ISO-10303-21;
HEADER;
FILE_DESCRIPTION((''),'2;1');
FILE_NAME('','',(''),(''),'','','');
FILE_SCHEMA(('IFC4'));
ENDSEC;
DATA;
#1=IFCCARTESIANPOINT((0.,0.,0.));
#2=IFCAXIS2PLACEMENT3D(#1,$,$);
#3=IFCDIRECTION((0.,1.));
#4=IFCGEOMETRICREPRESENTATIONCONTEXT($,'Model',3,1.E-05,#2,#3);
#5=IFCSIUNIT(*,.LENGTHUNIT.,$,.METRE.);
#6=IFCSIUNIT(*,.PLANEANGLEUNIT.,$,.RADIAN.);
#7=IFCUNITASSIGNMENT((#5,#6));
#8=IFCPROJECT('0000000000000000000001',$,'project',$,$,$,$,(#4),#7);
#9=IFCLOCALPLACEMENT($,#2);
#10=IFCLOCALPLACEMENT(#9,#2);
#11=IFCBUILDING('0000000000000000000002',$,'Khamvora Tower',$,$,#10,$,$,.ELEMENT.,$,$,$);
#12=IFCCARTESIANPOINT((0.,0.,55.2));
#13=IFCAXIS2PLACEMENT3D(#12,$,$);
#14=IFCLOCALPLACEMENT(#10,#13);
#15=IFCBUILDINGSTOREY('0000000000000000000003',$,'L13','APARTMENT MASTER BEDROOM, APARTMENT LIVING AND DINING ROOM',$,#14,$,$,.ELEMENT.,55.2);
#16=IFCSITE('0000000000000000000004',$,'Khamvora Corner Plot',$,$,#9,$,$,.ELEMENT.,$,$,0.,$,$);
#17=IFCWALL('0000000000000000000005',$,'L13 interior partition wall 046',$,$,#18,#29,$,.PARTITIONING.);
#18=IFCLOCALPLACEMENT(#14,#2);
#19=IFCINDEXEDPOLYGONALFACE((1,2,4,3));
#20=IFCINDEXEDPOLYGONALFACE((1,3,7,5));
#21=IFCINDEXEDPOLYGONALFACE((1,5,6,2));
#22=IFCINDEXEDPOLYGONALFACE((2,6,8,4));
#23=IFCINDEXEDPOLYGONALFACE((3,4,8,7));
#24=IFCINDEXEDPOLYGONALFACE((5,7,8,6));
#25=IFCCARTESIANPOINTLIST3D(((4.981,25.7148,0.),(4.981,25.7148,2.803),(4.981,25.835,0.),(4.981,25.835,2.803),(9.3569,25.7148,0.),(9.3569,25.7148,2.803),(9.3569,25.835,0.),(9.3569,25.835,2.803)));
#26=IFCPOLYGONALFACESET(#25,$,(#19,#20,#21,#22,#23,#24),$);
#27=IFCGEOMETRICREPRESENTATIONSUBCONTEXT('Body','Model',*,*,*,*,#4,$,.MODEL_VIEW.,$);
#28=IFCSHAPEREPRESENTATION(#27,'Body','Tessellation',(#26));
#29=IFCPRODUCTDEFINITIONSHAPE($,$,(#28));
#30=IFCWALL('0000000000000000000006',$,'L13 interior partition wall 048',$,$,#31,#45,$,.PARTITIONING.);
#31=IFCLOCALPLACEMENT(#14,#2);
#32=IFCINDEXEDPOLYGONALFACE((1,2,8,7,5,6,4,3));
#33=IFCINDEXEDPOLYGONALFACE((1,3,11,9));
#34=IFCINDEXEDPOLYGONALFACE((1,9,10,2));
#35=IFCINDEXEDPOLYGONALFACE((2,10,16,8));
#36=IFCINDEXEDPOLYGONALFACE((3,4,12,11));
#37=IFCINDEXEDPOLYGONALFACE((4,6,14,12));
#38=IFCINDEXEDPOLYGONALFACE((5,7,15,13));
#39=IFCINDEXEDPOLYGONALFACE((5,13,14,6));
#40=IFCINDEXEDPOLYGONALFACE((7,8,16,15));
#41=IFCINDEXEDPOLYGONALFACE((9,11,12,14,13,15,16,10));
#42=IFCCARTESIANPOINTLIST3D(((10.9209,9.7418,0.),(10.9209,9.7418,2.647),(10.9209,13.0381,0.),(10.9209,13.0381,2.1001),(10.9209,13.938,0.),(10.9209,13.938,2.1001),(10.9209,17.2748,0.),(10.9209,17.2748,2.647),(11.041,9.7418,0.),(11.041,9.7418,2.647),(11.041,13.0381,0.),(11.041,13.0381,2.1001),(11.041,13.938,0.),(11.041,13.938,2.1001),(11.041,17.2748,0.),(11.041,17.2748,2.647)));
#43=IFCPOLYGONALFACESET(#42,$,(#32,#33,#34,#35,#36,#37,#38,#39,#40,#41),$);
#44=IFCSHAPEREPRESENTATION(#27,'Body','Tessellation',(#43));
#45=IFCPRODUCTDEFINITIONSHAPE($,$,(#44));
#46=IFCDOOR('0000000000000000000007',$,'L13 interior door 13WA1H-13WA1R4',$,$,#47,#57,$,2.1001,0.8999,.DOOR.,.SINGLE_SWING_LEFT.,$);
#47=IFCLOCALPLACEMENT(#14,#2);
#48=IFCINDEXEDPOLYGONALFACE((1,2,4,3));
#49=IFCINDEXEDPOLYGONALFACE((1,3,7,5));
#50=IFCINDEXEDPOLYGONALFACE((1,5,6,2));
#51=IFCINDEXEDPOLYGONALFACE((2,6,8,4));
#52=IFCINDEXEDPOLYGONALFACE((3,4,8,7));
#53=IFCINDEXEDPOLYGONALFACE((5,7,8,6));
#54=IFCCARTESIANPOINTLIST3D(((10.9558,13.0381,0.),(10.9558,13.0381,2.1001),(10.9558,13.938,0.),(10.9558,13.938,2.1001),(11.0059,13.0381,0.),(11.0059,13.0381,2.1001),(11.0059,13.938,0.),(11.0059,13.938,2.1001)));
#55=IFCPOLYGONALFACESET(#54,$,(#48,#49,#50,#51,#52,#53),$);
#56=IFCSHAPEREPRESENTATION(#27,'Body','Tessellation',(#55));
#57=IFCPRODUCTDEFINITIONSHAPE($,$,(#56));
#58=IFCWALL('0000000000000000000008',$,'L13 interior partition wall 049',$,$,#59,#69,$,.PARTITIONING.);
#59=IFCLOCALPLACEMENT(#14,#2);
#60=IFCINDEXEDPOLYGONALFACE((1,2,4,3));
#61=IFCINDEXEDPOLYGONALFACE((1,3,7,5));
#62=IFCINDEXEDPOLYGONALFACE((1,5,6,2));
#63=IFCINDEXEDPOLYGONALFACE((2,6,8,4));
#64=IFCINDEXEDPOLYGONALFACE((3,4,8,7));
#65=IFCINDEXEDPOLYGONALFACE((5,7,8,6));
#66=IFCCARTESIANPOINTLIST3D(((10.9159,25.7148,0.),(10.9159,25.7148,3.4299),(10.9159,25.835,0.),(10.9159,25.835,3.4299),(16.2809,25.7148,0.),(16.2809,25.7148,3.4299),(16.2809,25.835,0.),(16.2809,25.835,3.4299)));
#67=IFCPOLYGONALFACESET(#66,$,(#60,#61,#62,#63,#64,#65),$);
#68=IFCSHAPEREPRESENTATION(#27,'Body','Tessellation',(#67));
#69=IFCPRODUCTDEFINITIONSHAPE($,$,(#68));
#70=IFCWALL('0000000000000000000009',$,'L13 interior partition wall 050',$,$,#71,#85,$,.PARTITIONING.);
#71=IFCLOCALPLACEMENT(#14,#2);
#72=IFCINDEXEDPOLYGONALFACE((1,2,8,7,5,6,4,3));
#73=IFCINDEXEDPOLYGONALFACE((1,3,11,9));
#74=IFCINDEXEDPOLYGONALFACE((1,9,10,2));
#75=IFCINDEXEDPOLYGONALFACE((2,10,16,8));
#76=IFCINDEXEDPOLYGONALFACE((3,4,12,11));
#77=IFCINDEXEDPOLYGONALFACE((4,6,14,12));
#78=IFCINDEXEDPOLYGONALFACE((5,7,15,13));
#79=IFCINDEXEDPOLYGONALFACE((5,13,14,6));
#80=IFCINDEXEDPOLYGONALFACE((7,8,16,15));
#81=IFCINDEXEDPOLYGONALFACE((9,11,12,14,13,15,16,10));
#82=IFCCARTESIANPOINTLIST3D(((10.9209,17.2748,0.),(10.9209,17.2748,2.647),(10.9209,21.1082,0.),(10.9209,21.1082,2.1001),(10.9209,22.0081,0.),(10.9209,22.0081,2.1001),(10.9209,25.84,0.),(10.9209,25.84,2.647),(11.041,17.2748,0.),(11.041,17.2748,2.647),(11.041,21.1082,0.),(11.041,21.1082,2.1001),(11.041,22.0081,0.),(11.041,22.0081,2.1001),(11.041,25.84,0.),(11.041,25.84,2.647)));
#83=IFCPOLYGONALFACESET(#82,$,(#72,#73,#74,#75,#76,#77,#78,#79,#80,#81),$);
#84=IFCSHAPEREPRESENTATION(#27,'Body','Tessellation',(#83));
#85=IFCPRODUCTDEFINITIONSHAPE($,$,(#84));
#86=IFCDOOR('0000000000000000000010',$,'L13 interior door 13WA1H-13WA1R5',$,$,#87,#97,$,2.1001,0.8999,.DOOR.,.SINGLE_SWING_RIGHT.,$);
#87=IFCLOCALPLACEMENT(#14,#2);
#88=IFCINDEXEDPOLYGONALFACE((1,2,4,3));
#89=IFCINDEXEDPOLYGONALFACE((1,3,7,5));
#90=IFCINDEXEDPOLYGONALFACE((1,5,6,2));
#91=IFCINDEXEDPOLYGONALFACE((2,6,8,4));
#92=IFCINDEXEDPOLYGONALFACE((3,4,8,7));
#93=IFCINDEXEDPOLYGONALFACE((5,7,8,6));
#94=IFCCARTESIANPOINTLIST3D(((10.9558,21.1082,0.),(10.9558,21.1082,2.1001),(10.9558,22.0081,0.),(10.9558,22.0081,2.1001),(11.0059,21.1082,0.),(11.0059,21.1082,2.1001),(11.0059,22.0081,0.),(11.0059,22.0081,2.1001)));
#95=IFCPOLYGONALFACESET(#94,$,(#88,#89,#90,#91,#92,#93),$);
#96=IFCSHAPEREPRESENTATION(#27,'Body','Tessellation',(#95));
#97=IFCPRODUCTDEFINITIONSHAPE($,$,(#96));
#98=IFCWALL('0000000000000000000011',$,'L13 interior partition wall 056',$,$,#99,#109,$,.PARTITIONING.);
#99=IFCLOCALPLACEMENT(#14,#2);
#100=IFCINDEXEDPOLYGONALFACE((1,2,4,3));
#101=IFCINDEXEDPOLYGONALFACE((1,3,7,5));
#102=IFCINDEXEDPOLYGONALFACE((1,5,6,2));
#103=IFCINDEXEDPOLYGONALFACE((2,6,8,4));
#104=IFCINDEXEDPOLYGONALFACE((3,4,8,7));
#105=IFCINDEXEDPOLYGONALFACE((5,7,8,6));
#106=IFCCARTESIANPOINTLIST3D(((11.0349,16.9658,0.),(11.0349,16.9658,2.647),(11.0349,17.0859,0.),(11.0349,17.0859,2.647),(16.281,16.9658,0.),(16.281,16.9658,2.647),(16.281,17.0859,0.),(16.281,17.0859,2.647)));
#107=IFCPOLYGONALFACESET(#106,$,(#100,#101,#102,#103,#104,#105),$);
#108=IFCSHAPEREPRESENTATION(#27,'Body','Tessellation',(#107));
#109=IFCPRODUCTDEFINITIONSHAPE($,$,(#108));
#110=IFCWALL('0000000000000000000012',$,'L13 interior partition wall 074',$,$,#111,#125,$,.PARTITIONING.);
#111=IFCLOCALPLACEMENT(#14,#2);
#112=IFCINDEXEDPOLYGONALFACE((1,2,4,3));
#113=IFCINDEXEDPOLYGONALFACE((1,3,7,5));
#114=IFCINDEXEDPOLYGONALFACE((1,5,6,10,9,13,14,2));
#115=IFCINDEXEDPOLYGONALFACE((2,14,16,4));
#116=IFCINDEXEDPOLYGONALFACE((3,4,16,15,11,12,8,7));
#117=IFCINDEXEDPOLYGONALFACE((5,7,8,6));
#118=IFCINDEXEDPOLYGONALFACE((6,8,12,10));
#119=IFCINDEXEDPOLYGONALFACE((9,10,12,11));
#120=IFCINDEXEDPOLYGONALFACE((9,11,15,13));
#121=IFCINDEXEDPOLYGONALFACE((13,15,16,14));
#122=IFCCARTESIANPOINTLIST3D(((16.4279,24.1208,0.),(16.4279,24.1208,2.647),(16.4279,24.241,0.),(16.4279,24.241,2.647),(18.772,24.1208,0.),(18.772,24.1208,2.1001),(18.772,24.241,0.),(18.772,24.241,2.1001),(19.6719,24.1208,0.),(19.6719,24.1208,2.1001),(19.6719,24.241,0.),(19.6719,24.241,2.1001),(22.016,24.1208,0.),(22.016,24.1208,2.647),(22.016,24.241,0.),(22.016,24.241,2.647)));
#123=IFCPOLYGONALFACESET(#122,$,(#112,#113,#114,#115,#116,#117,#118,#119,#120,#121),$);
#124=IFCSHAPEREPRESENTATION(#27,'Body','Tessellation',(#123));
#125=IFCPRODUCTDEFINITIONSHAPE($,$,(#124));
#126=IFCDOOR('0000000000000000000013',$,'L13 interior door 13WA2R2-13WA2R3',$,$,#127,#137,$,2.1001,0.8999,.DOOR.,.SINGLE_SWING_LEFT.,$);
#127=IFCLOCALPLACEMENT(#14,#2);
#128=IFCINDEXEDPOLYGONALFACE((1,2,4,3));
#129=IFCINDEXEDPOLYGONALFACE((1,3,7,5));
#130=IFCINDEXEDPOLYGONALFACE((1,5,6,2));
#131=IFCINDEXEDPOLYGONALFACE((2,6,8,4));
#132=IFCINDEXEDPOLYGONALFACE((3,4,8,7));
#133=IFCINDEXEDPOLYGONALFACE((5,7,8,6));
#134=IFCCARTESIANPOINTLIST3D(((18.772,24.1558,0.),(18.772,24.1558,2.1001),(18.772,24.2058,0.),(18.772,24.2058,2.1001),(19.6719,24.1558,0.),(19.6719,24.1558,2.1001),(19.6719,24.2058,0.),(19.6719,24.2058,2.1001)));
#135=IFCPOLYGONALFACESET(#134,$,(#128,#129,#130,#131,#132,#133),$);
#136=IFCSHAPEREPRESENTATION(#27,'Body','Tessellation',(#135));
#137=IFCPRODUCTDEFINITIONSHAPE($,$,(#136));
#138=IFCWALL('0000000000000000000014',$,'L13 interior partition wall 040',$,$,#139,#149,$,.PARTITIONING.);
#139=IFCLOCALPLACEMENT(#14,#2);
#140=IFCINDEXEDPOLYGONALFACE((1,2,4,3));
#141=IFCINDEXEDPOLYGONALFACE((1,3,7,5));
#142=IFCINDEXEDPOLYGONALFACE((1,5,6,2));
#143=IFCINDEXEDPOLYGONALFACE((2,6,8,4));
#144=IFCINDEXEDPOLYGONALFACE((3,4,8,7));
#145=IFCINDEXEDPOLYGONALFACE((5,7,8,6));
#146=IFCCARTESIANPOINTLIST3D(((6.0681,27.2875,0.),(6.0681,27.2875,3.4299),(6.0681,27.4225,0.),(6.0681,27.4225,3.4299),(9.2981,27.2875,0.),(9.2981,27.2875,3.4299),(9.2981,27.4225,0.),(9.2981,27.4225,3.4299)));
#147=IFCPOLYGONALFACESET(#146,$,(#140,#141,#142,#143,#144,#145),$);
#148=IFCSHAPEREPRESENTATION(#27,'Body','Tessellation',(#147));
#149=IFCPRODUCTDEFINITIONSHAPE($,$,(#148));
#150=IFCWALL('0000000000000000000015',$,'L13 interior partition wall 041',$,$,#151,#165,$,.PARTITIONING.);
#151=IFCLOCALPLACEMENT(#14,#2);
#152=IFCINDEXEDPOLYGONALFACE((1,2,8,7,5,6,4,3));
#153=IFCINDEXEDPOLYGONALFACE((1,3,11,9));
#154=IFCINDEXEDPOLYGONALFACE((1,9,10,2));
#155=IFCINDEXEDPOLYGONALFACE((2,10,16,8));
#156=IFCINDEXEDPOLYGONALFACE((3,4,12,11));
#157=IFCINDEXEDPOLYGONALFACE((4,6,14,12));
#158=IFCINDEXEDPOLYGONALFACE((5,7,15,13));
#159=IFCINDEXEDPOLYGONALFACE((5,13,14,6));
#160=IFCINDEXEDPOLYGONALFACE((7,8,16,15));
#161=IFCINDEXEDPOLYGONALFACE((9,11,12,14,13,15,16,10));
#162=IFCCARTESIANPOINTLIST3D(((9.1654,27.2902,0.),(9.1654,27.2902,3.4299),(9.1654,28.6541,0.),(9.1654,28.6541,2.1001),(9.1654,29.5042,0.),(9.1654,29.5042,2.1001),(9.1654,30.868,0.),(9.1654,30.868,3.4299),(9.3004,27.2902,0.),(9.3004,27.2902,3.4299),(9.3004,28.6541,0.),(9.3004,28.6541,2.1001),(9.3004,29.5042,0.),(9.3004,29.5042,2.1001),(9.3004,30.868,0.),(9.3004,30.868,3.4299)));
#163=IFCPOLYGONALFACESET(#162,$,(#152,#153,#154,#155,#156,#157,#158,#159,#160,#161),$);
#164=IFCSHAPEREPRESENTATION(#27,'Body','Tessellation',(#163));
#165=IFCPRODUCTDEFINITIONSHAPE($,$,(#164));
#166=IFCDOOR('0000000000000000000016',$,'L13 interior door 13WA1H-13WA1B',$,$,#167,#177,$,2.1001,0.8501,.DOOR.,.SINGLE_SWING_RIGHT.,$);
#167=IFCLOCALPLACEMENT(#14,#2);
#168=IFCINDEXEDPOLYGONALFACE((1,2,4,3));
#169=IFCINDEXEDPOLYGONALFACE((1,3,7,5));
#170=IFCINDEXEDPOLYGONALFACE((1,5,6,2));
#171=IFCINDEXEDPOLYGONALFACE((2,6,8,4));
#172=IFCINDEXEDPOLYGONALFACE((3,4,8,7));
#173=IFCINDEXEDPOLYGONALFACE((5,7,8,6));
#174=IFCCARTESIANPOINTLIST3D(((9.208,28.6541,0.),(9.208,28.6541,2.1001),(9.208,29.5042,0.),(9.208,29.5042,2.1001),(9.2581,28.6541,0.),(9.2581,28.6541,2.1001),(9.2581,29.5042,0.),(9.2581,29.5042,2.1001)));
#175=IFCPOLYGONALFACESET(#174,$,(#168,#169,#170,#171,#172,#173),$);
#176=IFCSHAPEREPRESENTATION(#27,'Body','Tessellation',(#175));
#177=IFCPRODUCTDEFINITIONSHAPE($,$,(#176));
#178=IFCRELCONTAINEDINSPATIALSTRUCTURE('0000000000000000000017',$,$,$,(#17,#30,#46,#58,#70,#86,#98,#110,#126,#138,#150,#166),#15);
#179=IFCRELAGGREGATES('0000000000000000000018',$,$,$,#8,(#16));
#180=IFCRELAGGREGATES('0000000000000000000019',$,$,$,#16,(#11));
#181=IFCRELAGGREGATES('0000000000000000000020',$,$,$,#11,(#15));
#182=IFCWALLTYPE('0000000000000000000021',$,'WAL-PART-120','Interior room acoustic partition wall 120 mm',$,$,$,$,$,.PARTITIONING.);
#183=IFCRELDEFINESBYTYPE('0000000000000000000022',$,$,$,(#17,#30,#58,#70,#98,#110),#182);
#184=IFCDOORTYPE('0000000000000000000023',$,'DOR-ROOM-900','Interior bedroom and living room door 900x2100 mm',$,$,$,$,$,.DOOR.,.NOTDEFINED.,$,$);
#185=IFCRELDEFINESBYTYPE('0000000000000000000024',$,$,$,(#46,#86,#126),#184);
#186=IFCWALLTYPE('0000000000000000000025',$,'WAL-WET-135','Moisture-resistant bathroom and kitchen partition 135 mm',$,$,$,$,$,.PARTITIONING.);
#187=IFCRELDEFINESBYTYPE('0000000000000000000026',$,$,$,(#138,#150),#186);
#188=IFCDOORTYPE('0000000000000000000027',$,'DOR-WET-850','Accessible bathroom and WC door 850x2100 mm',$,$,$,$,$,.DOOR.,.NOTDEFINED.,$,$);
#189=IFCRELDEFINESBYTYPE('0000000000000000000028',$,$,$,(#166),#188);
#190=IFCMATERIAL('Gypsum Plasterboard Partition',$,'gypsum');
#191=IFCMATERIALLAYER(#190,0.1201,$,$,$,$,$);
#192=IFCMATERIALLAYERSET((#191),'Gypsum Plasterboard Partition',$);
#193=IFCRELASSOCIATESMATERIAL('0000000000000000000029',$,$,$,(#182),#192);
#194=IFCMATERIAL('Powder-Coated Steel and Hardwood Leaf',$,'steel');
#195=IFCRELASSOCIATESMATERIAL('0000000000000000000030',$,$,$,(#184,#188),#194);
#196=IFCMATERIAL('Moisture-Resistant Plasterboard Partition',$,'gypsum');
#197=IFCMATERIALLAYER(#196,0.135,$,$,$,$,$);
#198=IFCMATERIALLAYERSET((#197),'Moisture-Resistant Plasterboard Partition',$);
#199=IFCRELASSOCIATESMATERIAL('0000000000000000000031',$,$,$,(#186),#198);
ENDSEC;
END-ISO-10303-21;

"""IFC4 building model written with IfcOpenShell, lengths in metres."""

from ifc_helpers import new_model, si_unit, direction, frame, frame_2d, origin, place, context, subcontext, project, spatial, rectangle, extrude, material, layer, layer_set, type_object, element, fill, save


model = new_model("IFC4")

# Units and contexts
model_context = context("Model", 3, precision=1e-05, world=origin(), true_north=direction((0.0, 1.0)))
body_context = subcontext(model_context, "Body", "Model", "MODEL_VIEW")
ifc_project = project(units=[si_unit("LENGTHUNIT", "METRE"), si_unit("PLANEANGLEUNIT", "RADIAN")], contexts=[model_context])

# Site, building, storey
site_placement = place(None, origin())
site = spatial("IfcSite", under=ifc_project, at=site_placement, Name="Khamvora Corner Plot", CompositionType="ELEMENT", RefElevation=0.0)
building_placement = place(site_placement, origin())
building = spatial("IfcBuilding", under=site, at=building_placement, Name="Khamvora Tower", CompositionType="ELEMENT")
storey_placement = place(building_placement, frame((0.0, 0.0, 55.2)))
storey = spatial("IfcBuildingStorey", under=building, at=storey_placement, Name="L13", Description="APARTMENT MASTER BEDROOM, APARTMENT LIVING AND DINING ROOM", CompositionType="ELEMENT", Elevation=55.2)

# Wall
ifc_material_1 = material(Name="Gypsum Plasterboard Partition", Category="gypsum")
ifc_layer_1 = layer(ifc_material_1, 0.1201)
ifc_layer_set_1 = layer_set([ifc_layer_1], Name="Gypsum Plasterboard Partition")
wall_type_1 = type_object("IfcWallType", Name="WAL-PART-120", Description="Interior room acoustic partition wall 120 mm", PredefinedType="PARTITIONING", material=ifc_layer_set_1)
wall_1_placement = place(storey_placement, frame((9.3569, 25.7749, 0.0), z_axis=(0.0, 0.0, 1.0), x_axis=(-1.0, 0.0, 0.0)))
element("IfcWall", 1, at=wall_1_placement, inside=storey, type_object=wall_type_1, Name="L13 interior partition wall 046", PredefinedType="PARTITIONING", context=body_context, shape_type="SweptSolid", body=[
    extrude(rectangle(XDim=4.376, YDim=0.1201, at=frame_2d((2.188, 0.0))), origin(), (0.0, 0.0, 1.0), 2.803),
])

# Wall, opening, door
wall_2_placement = place(storey_placement, frame((10.981, 17.2749, 0.0), z_axis=(0.0, 0.0, 1.0), x_axis=(0.0, -1.0, 0.0)))
wall_2 = element("IfcWall", 2, at=wall_2_placement, inside=storey, type_object=wall_type_1, Name="L13 interior partition wall 048", PredefinedType="PARTITIONING", context=body_context, shape_type="SweptSolid", body=[
    extrude(rectangle(XDim=7.533, YDim=0.1201, at=frame_2d((3.7666, 0.0))), origin(), (0.0, 0.0, 1.0), 2.647),
])
opening_1_placement = place(wall_2_placement, frame((3.3369, 0.0, 0.0)))
opening_1 = element("IfcOpeningElement", 3, at=opening_1_placement, cuts=wall_2, PredefinedType="OPENING", context=body_context, shape_type="SweptSolid", body=[
    extrude(rectangle(XDim=0.8999, YDim=2.1001, at=frame_2d((0.45, 1.05))), frame((0.0, 0.0701, 0.0), z_axis=(0.0, -1.0, 0.0), x_axis=(1.0, 0.0, 0.0)), (0.0, 0.0, 1.0), 0.1401),
])
ifc_material_2 = material(Name="Powder-Coated Steel and Hardwood Leaf", Category="steel")
door_type_1 = type_object("IfcDoorType", Name="DOR-ROOM-900", Description="Interior bedroom and living room door 900x2100 mm", OperationType="NOTDEFINED", PredefinedType="DOOR", material=ifc_material_2)
door_1_placement = place(opening_1_placement, origin())
door_1 = element("IfcDoor", 4, at=door_1_placement, inside=storey, type_object=door_type_1, Name="L13 interior door 13WA1H-13WA1R4", OperationType="SINGLE_SWING_LEFT", OverallHeight=2.1001, OverallWidth=0.8999, PredefinedType="DOOR", context=body_context, shape_type="SweptSolid", body=[
    extrude(rectangle(XDim=0.8999, YDim=2.1001, at=frame_2d((0.45, 1.05))), frame((0.0, 0.0249, 0.0), z_axis=(0.0, -1.0, 0.0), x_axis=(1.0, 0.0, 0.0)), (0.0, 0.0, 1.0), 0.05),
])
fill(opening_1, door_1)

# Wall
wall_3_placement = place(storey_placement, frame((16.281, 25.7749, 0.0), z_axis=(0.0, 0.0, 1.0), x_axis=(-1.0, 0.0, 0.0)))
element("IfcWall", 5, at=wall_3_placement, inside=storey, type_object=wall_type_1, Name="L13 interior partition wall 049", PredefinedType="PARTITIONING", context=body_context, shape_type="SweptSolid", body=[
    extrude(rectangle(XDim=5.365, YDim=0.1201, at=frame_2d((2.6826, 0.0))), origin(), (0.0, 0.0, 1.0), 3.4299),
])

# Wall, opening, door
wall_4_placement = place(storey_placement, frame((10.981, 25.8401, 0.0), z_axis=(0.0, 0.0, 1.0), x_axis=(0.0, -1.0, 0.0)))
wall_4 = element("IfcWall", 6, at=wall_4_placement, inside=storey, type_object=wall_type_1, Name="L13 interior partition wall 050", PredefinedType="PARTITIONING", context=body_context, shape_type="SweptSolid", body=[
    extrude(rectangle(XDim=8.5652, YDim=0.1201, at=frame_2d((4.2827, 0.0))), origin(), (0.0, 0.0, 1.0), 2.647),
])
opening_2_placement = place(wall_4_placement, frame((3.832, 0.0, 0.0)))
opening_2 = element("IfcOpeningElement", 7, at=opening_2_placement, cuts=wall_4, PredefinedType="OPENING", context=body_context, shape_type="SweptSolid", body=[
    extrude(rectangle(XDim=0.8999, YDim=2.1001, at=frame_2d((0.45, 1.05))), frame((0.0, 0.0701, 0.0), z_axis=(0.0, -1.0, 0.0), x_axis=(1.0, 0.0, 0.0)), (0.0, 0.0, 1.0), 0.1401),
])
door_2_placement = place(opening_2_placement, origin())
door_2 = element("IfcDoor", 8, at=door_2_placement, inside=storey, type_object=door_type_1, Name="L13 interior door 13WA1H-13WA1R5", OperationType="SINGLE_SWING_RIGHT", OverallHeight=2.1001, OverallWidth=0.8999, PredefinedType="DOOR", context=body_context, shape_type="SweptSolid", body=[
    extrude(rectangle(XDim=0.8999, YDim=2.1001, at=frame_2d((0.45, 1.05))), frame((0.0, 0.0249, 0.0), z_axis=(0.0, -1.0, 0.0), x_axis=(1.0, 0.0, 0.0)), (0.0, 0.0, 1.0), 0.05),
])
fill(opening_2, door_2)

# Wall
wall_5_placement = place(storey_placement, frame((11.0349, 17.0259, 0.0), z_axis=(0.0, 0.0, 1.0), x_axis=(1.0, 0.0, 0.0)))
element("IfcWall", 9, at=wall_5_placement, inside=storey, type_object=wall_type_1, Name="L13 interior partition wall 056", PredefinedType="PARTITIONING", context=body_context, shape_type="SweptSolid", body=[
    extrude(rectangle(XDim=5.2461, YDim=0.1201, at=frame_2d((2.623, 0.0))), origin(), (0.0, 0.0, 1.0), 2.647),
])

# Wall, opening, door
wall_6_placement = place(storey_placement, frame((16.428, 24.1809, 0.0), z_axis=(0.0, 0.0, 1.0), x_axis=(1.0, 0.0, 0.0)))
wall_6 = element("IfcWall", 10, at=wall_6_placement, inside=storey, type_object=wall_type_1, Name="L13 interior partition wall 074", PredefinedType="PARTITIONING", context=body_context, shape_type="SweptSolid", body=[
    extrude(rectangle(XDim=5.5881, YDim=0.1201, at=frame_2d((2.7939, 0.0))), origin(), (0.0, 0.0, 1.0), 2.647),
])
opening_3_placement = place(wall_6_placement, frame((2.344, 0.0, 0.0)))
opening_3 = element("IfcOpeningElement", 11, at=opening_3_placement, cuts=wall_6, PredefinedType="OPENING", context=body_context, shape_type="SweptSolid", body=[
    extrude(rectangle(XDim=0.8999, YDim=2.1001, at=frame_2d((0.45, 1.05))), frame((0.0, 0.0701, 0.0), z_axis=(0.0, -1.0, 0.0), x_axis=(1.0, 0.0, 0.0)), (0.0, 0.0, 1.0), 0.1401),
])
door_3_placement = place(opening_3_placement, origin())
door_3 = element("IfcDoor", 12, at=door_3_placement, inside=storey, type_object=door_type_1, Name="L13 interior door 13WA2R2-13WA2R3", OperationType="SINGLE_SWING_LEFT", OverallHeight=2.1001, OverallWidth=0.8999, PredefinedType="DOOR", context=body_context, shape_type="SweptSolid", body=[
    extrude(rectangle(XDim=0.8999, YDim=2.1001, at=frame_2d((0.45, 1.05))), frame((0.0, 0.0249, 0.0), z_axis=(0.0, -1.0, 0.0), x_axis=(1.0, 0.0, 0.0)), (0.0, 0.0, 1.0), 0.05),
])
fill(opening_3, door_3)

# Wall
ifc_material_3 = material(Name="Moisture-Resistant Plasterboard Partition", Category="gypsum")
ifc_layer_2 = layer(ifc_material_3, 0.135)
ifc_layer_set_2 = layer_set([ifc_layer_2], Name="Moisture-Resistant Plasterboard Partition")
wall_type_2 = type_object("IfcWallType", Name="WAL-WET-135", Description="Moisture-resistant bathroom and kitchen partition 135 mm", PredefinedType="PARTITIONING", material=ifc_layer_set_2)
wall_7_placement = place(storey_placement, frame((6.0681, 27.355, 0.0), z_axis=(0.0, 0.0, 1.0), x_axis=(1.0, 0.0, 0.0)))
element("IfcWall", 13, at=wall_7_placement, inside=storey, type_object=wall_type_2, Name="L13 interior partition wall 040", PredefinedType="PARTITIONING", context=body_context, shape_type="SweptSolid", body=[
    extrude(rectangle(XDim=3.23, YDim=0.135, at=frame_2d((1.615, 0.0))), origin(), (0.0, 0.0, 1.0), 3.4299),
])

# Wall, opening, door
wall_8_placement = place(storey_placement, frame((9.2329, 27.29, 0.0), z_axis=(0.0, 0.0, 1.0), x_axis=(0.0, 1.0, 0.0)))
wall_8 = element("IfcWall", 14, at=wall_8_placement, inside=storey, type_object=wall_type_2, Name="L13 interior partition wall 041", PredefinedType="PARTITIONING", context=body_context, shape_type="SweptSolid", body=[
    extrude(rectangle(XDim=3.5779, YDim=0.135, at=frame_2d((1.7891, 0.0))), origin(), (0.0, 0.0, 1.0), 3.4299),
])
opening_4_placement = place(wall_8_placement, frame((1.364, 0.0, 0.0)))
opening_4 = element("IfcOpeningElement", 15, at=opening_4_placement, cuts=wall_8, PredefinedType="OPENING", context=body_context, shape_type="SweptSolid", body=[
    extrude(rectangle(XDim=0.8501, YDim=2.1001, at=frame_2d((0.425, 1.05))), frame((0.0, 0.0774, 0.0), z_axis=(0.0, -1.0, 0.0), x_axis=(1.0, 0.0, 0.0)), (0.0, 0.0, 1.0), 0.155),
])
door_type_2 = type_object("IfcDoorType", Name="DOR-WET-850", Description="Accessible bathroom and WC door 850x2100 mm", OperationType="NOTDEFINED", PredefinedType="DOOR", material=ifc_material_2)
door_4_placement = place(opening_4_placement, origin())
door_4 = element("IfcDoor", 16, at=door_4_placement, inside=storey, type_object=door_type_2, Name="L13 interior door 13WA1H-13WA1B", OperationType="SINGLE_SWING_RIGHT", OverallHeight=2.1001, OverallWidth=0.8501, PredefinedType="DOOR", context=body_context, shape_type="SweptSolid", body=[
    extrude(rectangle(XDim=0.8501, YDim=2.1001, at=frame_2d((0.425, 1.05))), frame((0.0, 0.0249, 0.0), z_axis=(0.0, -1.0, 0.0), x_axis=(1.0, 0.0, 0.0)), (0.0, 0.0, 1.0), 0.05),
])
fill(opening_4, door_4)

save(model, "model.ifc")
